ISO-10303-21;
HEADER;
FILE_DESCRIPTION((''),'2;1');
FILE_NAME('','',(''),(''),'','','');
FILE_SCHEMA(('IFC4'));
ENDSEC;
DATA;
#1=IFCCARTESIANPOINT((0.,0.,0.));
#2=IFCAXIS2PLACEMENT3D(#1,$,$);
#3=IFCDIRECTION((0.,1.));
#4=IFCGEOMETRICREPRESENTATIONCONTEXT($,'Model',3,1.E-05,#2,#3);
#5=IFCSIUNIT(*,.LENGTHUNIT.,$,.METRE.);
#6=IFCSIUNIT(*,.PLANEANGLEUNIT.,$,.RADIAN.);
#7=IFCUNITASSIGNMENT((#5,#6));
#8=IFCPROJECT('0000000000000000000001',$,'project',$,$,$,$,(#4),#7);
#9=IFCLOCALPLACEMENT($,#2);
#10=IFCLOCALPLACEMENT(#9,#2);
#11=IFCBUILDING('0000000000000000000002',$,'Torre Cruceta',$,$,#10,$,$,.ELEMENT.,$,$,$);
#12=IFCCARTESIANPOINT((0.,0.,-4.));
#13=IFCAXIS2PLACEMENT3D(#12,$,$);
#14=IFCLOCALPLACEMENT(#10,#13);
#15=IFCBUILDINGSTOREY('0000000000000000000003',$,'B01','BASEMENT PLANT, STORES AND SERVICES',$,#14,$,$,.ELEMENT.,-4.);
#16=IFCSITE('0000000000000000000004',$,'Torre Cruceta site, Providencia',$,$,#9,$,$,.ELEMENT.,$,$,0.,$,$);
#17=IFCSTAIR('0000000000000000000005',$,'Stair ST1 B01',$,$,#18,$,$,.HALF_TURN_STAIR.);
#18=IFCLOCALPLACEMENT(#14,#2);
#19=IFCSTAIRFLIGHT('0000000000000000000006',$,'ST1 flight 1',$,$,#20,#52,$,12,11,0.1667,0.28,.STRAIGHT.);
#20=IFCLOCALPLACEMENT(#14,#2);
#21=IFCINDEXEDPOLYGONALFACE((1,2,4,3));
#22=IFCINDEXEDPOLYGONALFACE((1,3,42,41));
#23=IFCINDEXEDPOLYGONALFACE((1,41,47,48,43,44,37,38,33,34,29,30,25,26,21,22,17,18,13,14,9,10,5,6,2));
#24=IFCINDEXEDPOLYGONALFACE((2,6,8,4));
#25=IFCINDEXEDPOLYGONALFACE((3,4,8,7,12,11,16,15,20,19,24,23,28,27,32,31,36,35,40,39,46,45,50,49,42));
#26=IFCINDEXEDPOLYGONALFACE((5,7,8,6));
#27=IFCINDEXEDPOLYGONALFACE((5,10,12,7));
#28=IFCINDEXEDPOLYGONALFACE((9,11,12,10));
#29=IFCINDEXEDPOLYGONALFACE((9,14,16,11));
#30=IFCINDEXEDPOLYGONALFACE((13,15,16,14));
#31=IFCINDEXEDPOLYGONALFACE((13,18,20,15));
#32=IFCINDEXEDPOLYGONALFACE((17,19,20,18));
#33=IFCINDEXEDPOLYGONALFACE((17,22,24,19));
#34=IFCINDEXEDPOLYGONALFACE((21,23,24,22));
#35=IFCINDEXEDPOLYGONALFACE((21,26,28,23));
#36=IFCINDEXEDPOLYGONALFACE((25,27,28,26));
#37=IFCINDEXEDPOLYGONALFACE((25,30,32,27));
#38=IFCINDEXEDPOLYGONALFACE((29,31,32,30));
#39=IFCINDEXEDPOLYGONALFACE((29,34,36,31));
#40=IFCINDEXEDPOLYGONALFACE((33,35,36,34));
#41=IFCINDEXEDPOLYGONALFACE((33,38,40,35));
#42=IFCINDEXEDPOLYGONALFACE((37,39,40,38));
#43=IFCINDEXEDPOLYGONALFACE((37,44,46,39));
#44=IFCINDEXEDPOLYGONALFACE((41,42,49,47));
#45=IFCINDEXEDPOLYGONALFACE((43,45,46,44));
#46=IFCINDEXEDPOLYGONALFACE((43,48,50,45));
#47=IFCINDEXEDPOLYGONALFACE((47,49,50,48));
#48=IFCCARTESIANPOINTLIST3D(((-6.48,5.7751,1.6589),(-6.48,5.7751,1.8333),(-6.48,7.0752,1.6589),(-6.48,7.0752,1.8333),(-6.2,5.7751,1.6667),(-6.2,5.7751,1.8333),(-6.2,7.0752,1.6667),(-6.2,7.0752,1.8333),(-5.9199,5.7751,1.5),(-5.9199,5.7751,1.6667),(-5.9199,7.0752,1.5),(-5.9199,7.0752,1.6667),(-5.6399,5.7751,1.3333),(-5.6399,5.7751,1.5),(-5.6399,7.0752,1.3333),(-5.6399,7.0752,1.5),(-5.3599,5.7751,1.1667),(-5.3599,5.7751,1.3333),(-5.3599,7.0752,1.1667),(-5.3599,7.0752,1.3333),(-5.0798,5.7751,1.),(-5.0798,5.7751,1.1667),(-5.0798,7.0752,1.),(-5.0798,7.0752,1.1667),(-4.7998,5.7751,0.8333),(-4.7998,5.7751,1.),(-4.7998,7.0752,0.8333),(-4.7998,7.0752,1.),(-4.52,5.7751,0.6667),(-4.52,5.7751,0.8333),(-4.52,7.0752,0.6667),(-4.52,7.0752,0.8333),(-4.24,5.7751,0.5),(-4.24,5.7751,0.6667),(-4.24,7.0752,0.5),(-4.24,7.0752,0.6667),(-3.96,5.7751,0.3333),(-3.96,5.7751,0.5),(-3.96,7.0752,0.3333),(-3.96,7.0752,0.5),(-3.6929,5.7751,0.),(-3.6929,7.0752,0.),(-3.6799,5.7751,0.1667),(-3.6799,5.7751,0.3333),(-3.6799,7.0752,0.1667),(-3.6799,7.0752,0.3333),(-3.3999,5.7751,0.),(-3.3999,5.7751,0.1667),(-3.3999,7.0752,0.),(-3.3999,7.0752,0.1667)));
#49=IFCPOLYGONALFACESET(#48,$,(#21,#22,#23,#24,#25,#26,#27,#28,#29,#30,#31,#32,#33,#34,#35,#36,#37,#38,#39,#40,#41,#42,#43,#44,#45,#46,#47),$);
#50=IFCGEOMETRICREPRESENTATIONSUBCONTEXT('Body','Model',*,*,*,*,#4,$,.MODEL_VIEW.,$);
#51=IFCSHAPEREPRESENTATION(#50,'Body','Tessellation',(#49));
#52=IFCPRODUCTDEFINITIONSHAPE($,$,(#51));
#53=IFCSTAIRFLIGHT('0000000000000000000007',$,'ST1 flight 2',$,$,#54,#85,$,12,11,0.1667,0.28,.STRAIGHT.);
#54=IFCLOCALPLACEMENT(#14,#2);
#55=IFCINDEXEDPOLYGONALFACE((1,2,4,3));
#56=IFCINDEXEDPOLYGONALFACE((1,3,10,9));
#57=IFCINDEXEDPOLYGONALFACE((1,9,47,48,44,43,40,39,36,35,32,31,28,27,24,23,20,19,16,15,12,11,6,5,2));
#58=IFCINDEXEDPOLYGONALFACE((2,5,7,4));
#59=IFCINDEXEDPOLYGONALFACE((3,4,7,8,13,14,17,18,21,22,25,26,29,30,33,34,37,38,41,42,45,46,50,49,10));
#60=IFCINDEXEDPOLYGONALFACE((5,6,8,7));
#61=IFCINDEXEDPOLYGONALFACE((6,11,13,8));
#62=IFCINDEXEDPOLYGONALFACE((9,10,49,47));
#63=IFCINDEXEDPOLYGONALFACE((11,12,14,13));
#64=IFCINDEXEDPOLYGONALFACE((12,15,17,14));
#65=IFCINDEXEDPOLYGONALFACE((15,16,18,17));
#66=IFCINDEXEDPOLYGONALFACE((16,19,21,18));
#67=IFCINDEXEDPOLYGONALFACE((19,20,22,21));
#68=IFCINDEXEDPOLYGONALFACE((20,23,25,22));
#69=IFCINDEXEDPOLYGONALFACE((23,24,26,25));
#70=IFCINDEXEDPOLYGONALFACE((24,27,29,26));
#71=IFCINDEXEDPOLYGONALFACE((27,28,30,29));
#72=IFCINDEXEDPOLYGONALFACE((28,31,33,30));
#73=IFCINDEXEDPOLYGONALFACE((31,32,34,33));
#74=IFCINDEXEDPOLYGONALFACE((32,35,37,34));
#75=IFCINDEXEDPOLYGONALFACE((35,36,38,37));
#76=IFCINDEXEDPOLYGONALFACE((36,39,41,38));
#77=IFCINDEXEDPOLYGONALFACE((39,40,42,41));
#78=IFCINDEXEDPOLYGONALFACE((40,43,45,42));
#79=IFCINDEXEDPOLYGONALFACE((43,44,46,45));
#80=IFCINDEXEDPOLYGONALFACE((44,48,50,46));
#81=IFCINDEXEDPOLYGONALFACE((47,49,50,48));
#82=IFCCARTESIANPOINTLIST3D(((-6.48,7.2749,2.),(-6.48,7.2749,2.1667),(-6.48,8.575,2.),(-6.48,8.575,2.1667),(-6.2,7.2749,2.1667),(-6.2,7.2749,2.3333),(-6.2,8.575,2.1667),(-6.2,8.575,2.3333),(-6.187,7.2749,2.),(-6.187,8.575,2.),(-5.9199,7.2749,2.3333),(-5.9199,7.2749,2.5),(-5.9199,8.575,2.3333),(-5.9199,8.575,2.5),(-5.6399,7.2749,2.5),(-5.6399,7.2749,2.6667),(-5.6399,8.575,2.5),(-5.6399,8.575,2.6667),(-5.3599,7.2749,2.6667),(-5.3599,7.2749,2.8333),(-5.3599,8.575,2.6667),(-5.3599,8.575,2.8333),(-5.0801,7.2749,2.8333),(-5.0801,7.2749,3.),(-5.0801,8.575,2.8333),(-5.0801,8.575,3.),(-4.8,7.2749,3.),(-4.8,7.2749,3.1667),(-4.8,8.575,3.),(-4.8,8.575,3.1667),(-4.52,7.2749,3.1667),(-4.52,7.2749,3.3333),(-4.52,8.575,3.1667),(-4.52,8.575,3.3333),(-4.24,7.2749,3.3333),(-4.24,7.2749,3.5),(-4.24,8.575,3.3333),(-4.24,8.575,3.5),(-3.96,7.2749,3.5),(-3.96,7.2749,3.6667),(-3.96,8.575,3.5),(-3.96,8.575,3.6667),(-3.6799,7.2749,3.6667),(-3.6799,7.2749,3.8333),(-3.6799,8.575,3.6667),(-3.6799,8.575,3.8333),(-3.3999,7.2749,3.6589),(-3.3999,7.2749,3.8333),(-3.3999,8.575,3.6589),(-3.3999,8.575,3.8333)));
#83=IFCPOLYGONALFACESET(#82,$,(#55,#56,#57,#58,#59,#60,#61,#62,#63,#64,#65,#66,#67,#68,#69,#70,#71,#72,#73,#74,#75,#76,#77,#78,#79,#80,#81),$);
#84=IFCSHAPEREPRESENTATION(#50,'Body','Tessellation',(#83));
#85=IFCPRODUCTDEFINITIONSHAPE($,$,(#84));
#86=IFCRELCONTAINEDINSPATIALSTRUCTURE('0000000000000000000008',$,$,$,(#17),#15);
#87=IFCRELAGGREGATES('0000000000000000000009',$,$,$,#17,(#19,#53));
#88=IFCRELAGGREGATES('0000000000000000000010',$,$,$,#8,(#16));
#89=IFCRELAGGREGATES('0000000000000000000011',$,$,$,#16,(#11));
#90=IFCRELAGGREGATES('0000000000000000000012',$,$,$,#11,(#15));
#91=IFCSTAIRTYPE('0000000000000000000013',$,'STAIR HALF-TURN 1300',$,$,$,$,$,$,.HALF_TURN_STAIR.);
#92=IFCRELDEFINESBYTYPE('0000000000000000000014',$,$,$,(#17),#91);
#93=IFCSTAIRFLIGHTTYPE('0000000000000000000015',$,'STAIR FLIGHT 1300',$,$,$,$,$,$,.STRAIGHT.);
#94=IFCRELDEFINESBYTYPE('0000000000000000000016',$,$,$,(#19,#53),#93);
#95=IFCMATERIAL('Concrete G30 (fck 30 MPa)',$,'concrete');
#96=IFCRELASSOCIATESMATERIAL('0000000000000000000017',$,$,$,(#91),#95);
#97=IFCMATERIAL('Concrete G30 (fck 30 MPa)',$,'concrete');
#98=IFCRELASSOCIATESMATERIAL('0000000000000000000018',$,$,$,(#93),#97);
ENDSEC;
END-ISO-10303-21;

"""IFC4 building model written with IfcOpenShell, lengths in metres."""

from ifc_helpers import new_model, si_unit, direction, frame, origin, place, context, subcontext, project, spatial, polyline, outline, extrude, material, type_object, element, aggregate, save


model = new_model("IFC4")

# Units and contexts
model_context = context("Model", 3, precision=1e-05, world=origin(), true_north=direction((0.0, 1.0)))
body_context = subcontext(model_context, "Body", "Model", "MODEL_VIEW")
ifc_project = project(units=[si_unit("LENGTHUNIT", "METRE"), si_unit("PLANEANGLEUNIT", "RADIAN")], contexts=[model_context])

# Site, building, storey
site_placement = place(None, origin())
site = spatial("IfcSite", under=ifc_project, at=site_placement, Name="Torre Cruceta site, Providencia", CompositionType="ELEMENT", RefElevation=0.0)
building_placement = place(site_placement, origin())
building = spatial("IfcBuilding", under=site, at=building_placement, Name="Torre Cruceta", CompositionType="ELEMENT")
storey_placement = place(building_placement, frame((0.0, 0.0, -4.0)))
storey = spatial("IfcBuildingStorey", under=building, at=storey_placement, Name="B01", Description="BASEMENT PLANT, STORES AND SERVICES", CompositionType="ELEMENT", Elevation=-4.0)

# Stair
ifc_material_1 = material(Name="Concrete G30 (fck 30 MPa)", Category="concrete")
stair_type = type_object("IfcStairType", Name="STAIR HALF-TURN 1300", PredefinedType="HALF_TURN_STAIR", material=ifc_material_1)
stair_1_placement = place(storey_placement, origin())
stair_1 = element("IfcStair", 1, at=stair_1_placement, inside=storey, type_object=stair_type, Name="Stair ST1 B01", PredefinedType="HALF_TURN_STAIR")

# Stair flights
ifc_material_2 = material(Name="Concrete G30 (fck 30 MPa)", Category="concrete")
stair_flight_type = type_object("IfcStairFlightType", Name="STAIR FLIGHT 1300", PredefinedType="STRAIGHT", material=ifc_material_2)
stair_flight_1_placement = place(storey_placement, frame((-3.3999, 6.425, 0.0), z_axis=(0.0, 0.0, 1.0), x_axis=(-1.0, 0.0, 0.0)))
stair_flight_1 = element("IfcStairFlight", 2, at=stair_flight_1_placement, type_object=stair_flight_type, Name="ST1 flight 1", NumberOfRisers=12, NumberOfTreads=11, PredefinedType="STRAIGHT", RiserHeight=0.1667, TreadLength=0.28, context=body_context, shape_type="SweptSolid", body=[
    extrude(outline(polyline([(0.0, 0.0), (0.0, 0.1667), (0.28, 0.1667), (0.28, 0.3333), (0.5601, 0.3333), (0.5601, 0.5), (0.8401, 0.5), (0.8401, 0.6667), (1.1201, 0.6667), (1.1201, 0.8333), (1.3999, 0.8333), (1.3999, 1.0), (1.6799, 1.0), (1.6799, 1.1667), (1.96, 1.1667), (1.96, 1.3333), (2.24, 1.3333), (2.24, 1.5), (2.52, 1.5), (2.52, 1.6667), (2.8, 1.6667), (2.8, 1.8333), (3.0801, 1.8333), (3.0801, 2.0), (3.0801, 1.6589), (0.293, 0.0), (0.0, 0.0)])), frame((0.0, 0.6499, 0.0), z_axis=(0.0, -1.0, 0.0), x_axis=(1.0, 0.0, 0.0)), (0.0, 0.0, 1.0), 1.3),
])
stair_flight_2_placement = place(storey_placement, frame((-6.48, 7.925, 2.0), z_axis=(0.0, 0.0, 1.0), x_axis=(1.0, 0.0, 0.0)))
stair_flight_2 = element("IfcStairFlight", 3, at=stair_flight_2_placement, type_object=stair_flight_type, Name="ST1 flight 2", NumberOfRisers=12, NumberOfTreads=11, PredefinedType="STRAIGHT", RiserHeight=0.1667, TreadLength=0.28, context=body_context, shape_type="SweptSolid", body=[
    extrude(outline(polyline([(0.0, 0.0), (0.0, 0.1667), (0.28, 0.1667), (0.28, 0.3333), (0.5601, 0.3333), (0.5601, 0.5), (0.8401, 0.5), (0.8401, 0.6667), (1.1201, 0.6667), (1.1201, 0.8333), (1.3999, 0.8333), (1.3999, 1.0), (1.6799, 1.0), (1.6799, 1.1667), (1.96, 1.1667), (1.96, 1.3333), (2.24, 1.3333), (2.24, 1.5), (2.52, 1.5), (2.52, 1.6667), (2.8, 1.6667), (2.8, 1.8333), (3.0801, 1.8333), (3.0801, 2.0), (3.0801, 1.6589), (0.293, 0.0), (0.0, 0.0)])), frame((0.0, 0.6499, 0.0), z_axis=(0.0, -1.0, 0.0), x_axis=(1.0, 0.0, 0.0)), (0.0, 0.0, 1.0), 1.3),
])
aggregate(stair_1, [stair_flight_1, stair_flight_2])

save(model, "model.ifc")
